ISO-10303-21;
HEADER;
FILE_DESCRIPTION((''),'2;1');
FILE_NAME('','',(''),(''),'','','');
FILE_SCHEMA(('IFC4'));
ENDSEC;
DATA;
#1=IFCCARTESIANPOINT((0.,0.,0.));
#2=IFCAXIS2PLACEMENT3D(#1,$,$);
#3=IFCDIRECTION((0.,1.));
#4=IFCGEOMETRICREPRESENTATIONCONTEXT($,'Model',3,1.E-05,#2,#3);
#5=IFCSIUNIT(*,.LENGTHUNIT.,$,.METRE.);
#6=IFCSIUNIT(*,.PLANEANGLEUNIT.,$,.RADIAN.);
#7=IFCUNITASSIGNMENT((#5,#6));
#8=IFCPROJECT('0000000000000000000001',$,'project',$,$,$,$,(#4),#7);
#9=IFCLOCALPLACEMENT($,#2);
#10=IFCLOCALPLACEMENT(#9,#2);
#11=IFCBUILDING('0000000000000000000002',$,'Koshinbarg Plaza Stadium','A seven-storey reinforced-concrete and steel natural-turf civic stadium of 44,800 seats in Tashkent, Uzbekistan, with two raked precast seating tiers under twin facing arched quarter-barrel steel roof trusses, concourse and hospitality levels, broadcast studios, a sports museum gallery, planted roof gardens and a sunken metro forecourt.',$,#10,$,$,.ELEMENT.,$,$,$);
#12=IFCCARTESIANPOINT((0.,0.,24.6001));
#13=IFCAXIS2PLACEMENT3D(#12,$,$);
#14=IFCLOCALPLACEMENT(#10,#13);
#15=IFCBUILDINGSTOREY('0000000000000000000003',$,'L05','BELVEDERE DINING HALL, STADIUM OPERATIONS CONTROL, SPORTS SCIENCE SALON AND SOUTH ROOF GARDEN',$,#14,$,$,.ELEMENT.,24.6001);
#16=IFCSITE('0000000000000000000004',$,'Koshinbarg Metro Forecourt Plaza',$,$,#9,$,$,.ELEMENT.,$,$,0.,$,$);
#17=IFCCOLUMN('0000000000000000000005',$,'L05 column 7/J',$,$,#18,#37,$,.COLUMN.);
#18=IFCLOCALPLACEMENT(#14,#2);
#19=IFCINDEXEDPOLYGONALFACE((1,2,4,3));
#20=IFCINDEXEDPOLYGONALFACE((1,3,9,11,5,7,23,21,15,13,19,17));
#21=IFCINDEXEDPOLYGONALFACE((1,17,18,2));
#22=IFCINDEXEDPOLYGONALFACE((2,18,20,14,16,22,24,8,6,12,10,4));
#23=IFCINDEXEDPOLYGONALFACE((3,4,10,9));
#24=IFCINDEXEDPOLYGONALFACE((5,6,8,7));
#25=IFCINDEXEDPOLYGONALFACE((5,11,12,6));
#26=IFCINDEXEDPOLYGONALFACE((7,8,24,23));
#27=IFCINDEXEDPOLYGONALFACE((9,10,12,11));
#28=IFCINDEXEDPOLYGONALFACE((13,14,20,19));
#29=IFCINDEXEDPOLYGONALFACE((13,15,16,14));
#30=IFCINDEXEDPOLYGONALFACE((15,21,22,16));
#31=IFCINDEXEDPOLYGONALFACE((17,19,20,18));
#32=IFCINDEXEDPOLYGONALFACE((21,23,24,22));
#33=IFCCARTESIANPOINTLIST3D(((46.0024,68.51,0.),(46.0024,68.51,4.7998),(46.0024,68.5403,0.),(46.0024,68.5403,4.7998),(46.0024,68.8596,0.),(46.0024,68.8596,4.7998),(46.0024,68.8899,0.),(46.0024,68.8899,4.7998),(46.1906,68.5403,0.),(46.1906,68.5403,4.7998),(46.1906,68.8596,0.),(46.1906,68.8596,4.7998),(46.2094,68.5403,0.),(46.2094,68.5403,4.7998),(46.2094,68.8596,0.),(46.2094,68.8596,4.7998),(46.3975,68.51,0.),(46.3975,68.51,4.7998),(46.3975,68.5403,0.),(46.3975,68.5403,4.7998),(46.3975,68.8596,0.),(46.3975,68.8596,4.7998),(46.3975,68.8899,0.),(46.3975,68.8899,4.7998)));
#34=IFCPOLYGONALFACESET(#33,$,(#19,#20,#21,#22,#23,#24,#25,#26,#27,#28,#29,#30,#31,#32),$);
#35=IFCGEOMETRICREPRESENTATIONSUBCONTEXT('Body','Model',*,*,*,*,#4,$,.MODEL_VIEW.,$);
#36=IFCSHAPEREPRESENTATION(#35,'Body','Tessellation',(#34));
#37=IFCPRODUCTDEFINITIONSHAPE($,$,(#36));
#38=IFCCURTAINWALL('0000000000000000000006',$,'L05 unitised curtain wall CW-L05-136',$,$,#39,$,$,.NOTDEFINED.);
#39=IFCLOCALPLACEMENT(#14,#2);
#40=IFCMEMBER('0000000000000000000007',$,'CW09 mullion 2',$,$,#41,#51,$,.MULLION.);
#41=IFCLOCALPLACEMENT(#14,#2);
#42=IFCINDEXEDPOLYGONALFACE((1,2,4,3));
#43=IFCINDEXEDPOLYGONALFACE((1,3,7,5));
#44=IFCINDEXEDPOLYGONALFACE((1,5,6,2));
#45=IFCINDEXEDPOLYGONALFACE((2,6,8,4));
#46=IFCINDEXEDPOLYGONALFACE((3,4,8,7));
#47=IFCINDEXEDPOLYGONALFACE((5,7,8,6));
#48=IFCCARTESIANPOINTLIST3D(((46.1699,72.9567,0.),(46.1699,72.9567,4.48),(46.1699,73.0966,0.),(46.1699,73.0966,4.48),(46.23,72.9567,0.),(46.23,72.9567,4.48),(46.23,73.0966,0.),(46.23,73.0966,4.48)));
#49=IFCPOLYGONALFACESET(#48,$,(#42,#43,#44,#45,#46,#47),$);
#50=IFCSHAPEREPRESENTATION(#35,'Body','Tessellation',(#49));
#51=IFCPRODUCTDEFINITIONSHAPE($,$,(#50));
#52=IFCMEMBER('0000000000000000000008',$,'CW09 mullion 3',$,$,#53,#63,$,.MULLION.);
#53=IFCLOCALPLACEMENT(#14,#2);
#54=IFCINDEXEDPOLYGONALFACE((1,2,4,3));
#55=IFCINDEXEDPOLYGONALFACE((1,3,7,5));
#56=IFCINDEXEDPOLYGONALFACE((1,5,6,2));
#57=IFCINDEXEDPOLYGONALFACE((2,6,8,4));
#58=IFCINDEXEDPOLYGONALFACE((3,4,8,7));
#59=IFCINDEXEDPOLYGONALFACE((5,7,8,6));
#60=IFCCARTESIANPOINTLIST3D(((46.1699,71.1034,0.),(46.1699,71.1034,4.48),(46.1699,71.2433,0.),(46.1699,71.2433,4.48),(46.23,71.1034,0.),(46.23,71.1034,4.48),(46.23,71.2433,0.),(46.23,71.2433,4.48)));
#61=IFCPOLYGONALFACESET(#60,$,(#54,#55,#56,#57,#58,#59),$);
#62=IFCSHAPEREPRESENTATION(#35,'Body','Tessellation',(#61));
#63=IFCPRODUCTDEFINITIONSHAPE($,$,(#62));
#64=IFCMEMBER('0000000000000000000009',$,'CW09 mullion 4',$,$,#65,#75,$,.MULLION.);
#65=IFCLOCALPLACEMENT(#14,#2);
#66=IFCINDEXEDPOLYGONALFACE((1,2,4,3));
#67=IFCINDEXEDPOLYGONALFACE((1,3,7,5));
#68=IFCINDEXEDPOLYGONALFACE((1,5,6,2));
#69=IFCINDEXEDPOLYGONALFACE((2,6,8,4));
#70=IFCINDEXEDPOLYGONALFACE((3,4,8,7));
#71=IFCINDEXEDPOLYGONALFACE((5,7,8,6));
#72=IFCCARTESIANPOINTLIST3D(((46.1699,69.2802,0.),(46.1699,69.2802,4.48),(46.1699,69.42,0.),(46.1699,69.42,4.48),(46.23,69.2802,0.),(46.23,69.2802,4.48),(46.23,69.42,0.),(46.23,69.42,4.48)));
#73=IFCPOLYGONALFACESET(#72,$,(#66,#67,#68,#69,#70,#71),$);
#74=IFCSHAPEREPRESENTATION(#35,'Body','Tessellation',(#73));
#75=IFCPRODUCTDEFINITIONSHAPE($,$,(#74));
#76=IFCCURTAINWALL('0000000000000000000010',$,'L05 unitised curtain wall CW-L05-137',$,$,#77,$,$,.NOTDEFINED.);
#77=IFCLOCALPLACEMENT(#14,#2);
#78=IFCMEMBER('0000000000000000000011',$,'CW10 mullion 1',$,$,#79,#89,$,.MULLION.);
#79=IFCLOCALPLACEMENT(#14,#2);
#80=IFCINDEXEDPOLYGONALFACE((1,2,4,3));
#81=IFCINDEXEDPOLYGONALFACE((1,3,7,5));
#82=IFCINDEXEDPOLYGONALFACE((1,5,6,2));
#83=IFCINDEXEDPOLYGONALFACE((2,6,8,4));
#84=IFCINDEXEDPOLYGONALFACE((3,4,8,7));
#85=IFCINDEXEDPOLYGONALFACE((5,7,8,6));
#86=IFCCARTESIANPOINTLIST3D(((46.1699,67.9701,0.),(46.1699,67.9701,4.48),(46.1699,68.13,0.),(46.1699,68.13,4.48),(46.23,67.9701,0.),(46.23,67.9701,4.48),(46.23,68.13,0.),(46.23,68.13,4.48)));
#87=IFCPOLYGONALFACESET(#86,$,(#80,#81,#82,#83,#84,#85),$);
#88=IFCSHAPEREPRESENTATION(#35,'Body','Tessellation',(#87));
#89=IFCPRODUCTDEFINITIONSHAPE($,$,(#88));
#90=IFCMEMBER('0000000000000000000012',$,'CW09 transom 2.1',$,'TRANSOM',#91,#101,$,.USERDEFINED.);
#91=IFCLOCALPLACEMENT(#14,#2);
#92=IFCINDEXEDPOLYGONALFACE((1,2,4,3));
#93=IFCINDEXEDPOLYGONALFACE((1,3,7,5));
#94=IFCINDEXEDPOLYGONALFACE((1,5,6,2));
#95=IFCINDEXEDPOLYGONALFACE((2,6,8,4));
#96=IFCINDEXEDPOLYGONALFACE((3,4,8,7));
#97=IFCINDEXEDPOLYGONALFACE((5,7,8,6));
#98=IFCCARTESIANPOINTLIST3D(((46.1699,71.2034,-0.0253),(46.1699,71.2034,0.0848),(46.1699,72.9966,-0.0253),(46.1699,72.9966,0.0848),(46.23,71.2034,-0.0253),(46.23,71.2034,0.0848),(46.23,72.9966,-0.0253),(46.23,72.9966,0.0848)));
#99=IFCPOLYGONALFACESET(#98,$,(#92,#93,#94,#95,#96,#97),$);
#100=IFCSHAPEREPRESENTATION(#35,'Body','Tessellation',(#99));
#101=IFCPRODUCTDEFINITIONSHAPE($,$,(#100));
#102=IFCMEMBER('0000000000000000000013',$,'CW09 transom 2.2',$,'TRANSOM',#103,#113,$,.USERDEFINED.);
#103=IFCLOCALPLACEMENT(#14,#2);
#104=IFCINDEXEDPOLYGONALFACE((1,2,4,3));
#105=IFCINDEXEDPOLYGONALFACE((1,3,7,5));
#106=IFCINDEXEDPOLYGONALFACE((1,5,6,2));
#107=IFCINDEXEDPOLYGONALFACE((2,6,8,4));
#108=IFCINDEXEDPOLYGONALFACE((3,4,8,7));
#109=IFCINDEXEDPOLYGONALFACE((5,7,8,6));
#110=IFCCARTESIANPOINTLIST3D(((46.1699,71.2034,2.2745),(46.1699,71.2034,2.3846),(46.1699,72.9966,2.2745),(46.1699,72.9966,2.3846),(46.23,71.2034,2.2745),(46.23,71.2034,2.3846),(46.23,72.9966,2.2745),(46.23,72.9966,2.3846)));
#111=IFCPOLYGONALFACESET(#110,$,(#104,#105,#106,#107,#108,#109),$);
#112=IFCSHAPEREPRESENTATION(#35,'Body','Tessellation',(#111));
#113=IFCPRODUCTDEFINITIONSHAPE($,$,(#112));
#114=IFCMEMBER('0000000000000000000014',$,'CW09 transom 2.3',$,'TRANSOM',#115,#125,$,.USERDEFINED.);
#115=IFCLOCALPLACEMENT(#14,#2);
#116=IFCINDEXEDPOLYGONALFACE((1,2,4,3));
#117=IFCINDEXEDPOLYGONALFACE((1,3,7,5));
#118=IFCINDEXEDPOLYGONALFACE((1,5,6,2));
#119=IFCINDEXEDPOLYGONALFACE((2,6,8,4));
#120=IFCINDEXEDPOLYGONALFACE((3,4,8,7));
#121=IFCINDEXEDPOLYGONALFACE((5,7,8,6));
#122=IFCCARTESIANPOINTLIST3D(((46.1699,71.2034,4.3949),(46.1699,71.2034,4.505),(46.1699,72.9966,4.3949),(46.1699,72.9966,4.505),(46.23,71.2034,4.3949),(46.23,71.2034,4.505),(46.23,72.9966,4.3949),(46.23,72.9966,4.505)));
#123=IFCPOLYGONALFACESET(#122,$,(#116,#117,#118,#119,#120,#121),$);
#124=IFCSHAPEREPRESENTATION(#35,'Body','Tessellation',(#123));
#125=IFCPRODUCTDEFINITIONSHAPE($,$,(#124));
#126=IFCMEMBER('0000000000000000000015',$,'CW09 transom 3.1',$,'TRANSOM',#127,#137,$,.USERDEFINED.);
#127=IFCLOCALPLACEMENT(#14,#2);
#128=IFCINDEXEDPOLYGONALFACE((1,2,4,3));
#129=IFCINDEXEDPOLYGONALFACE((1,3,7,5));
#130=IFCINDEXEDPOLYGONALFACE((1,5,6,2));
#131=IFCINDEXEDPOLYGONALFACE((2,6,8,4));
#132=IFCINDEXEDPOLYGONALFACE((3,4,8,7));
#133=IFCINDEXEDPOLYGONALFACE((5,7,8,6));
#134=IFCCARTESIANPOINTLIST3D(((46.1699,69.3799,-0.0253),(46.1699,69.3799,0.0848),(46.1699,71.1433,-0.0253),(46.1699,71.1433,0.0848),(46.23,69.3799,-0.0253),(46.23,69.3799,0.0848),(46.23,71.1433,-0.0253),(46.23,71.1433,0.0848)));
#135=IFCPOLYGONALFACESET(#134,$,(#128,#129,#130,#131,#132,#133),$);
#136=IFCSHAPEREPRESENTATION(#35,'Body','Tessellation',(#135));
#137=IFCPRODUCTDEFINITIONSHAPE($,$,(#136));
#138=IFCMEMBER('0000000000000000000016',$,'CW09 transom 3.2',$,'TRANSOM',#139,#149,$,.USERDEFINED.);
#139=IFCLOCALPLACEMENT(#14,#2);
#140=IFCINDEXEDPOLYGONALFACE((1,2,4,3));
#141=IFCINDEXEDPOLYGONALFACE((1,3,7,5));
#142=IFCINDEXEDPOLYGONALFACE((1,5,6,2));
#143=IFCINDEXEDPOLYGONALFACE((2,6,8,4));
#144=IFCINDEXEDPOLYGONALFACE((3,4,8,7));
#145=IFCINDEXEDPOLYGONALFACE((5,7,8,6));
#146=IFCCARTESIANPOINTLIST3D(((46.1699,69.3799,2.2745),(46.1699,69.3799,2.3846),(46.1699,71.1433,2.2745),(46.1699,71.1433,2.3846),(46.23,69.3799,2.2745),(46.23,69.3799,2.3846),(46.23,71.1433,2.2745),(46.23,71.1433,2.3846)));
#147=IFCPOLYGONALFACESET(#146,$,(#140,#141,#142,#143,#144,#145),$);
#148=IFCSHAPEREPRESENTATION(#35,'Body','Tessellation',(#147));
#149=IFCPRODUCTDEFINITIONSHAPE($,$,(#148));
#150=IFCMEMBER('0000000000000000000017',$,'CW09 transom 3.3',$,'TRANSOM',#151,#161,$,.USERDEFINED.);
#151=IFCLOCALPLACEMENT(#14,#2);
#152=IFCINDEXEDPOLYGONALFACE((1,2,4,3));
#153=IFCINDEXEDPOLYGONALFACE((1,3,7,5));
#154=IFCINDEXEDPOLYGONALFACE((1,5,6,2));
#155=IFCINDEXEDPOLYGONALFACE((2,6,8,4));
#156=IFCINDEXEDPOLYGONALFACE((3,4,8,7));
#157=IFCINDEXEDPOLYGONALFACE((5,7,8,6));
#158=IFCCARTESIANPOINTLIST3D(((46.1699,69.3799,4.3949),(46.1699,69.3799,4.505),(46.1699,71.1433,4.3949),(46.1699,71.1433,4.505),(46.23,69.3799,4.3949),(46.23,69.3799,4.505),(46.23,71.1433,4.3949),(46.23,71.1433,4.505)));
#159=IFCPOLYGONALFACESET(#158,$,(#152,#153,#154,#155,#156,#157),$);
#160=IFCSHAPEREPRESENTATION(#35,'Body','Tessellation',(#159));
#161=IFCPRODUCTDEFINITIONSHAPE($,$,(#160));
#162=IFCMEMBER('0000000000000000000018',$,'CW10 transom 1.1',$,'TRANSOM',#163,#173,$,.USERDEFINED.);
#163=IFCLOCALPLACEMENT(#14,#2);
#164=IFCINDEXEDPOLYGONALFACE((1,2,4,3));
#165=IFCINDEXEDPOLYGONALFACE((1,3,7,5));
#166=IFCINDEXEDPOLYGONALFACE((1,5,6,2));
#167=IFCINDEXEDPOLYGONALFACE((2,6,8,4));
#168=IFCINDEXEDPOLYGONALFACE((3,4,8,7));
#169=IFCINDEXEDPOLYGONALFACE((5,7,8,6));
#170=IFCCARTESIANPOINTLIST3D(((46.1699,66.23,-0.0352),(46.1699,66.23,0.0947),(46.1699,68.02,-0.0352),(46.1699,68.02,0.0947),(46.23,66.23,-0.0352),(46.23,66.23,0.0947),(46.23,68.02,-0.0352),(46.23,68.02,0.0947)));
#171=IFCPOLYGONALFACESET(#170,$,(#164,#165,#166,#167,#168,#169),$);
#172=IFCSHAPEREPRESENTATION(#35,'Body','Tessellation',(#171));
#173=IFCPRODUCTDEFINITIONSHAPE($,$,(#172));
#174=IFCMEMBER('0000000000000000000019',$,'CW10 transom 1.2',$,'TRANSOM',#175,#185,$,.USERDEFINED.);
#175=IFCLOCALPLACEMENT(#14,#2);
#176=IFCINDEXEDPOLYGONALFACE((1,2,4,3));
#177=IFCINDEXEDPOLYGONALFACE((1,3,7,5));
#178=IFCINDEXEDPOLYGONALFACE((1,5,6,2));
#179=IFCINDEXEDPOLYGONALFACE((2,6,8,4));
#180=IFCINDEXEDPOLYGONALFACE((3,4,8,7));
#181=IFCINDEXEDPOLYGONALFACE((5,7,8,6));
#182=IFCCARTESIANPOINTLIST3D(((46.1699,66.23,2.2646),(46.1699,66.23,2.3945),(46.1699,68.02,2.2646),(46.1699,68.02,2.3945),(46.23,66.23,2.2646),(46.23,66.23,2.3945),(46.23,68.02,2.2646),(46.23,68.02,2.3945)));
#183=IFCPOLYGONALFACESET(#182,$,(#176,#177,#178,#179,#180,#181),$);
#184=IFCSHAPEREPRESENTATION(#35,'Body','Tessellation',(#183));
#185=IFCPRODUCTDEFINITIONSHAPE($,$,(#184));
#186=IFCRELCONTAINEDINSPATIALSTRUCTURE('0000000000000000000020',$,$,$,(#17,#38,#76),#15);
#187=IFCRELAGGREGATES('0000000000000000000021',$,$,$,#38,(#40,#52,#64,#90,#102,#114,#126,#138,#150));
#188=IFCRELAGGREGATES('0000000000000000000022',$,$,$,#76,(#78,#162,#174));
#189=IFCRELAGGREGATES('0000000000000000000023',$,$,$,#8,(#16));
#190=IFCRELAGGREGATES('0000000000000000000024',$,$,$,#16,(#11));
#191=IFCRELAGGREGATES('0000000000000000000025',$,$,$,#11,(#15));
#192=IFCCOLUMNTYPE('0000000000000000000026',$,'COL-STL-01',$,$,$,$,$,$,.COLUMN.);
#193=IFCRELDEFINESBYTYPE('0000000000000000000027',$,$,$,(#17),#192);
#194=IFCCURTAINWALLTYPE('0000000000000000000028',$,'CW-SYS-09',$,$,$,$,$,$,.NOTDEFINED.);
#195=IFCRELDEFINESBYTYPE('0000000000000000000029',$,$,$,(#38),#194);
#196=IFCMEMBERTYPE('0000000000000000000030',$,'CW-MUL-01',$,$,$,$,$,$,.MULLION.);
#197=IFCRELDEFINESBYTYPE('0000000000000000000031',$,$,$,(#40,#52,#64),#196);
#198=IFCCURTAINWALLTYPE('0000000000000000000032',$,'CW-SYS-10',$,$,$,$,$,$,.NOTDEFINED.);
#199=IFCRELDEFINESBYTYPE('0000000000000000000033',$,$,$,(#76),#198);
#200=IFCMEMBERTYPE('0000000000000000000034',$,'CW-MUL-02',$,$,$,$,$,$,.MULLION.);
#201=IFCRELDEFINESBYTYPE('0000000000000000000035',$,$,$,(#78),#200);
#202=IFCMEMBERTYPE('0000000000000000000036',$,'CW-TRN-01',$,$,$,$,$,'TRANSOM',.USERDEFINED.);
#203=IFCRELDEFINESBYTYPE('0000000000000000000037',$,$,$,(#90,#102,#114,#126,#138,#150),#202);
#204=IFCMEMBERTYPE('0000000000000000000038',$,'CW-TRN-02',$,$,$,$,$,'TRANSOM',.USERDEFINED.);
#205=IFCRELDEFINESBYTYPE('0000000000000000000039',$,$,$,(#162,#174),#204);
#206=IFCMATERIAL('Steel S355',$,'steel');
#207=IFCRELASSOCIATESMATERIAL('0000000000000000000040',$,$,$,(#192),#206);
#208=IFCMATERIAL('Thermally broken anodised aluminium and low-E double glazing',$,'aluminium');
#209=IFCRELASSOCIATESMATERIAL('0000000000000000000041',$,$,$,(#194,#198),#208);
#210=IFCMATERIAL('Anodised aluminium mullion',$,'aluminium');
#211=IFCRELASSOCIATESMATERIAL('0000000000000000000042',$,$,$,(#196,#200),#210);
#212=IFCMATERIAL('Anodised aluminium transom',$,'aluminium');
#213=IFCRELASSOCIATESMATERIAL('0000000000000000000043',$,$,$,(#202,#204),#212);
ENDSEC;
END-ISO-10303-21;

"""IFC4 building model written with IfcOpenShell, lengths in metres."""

from ifc_helpers import new_model, si_unit, direction, frame, origin, origin_2d, place, context, subcontext, project, spatial, rectangle, i_section, extrude, material, material_profile, profile_set, type_object, element, aggregate, save


model = new_model("IFC4")

# Units and contexts
model_context = context("Model", 3, precision=1e-05, world=origin(), true_north=direction((0.0, 1.0)))
body_context = subcontext(model_context, "Body", "Model", "MODEL_VIEW")
ifc_project = project(units=[si_unit("LENGTHUNIT", "METRE"), si_unit("PLANEANGLEUNIT", "RADIAN")], contexts=[model_context])

# Site, building, storey
site_placement = place(None, origin())
site = spatial("IfcSite", under=ifc_project, at=site_placement, Name="Koshinbarg Metro Forecourt Plaza", CompositionType="ELEMENT", RefElevation=0.0)
building_placement = place(site_placement, origin())
building = spatial("IfcBuilding", under=site, at=building_placement, Name="Koshinbarg Plaza Stadium", Description="A seven-storey reinforced-concrete and steel natural-turf civic stadium of 44,800 seats in Tashkent, Uzbekistan, with two raked precast seating tiers under twin facing arched quarter-barrel steel roof trusses, concourse and hospitality levels, broadcast studios, a sports museum gallery, planted roof gardens and a sunken metro forecourt.", CompositionType="ELEMENT")
storey_placement = place(building_placement, frame((0.0, 0.0, 24.6001)))
storey = spatial("IfcBuildingStorey", under=building, at=storey_placement, Name="L05", Description="BELVEDERE DINING HALL, STADIUM OPERATIONS CONTROL, SPORTS SCIENCE SALON AND SOUTH ROOF GARDEN", CompositionType="ELEMENT", Elevation=24.6001)

# Column
ifc_material_1 = material(Name="Steel S355", Category="steel")
ifc_material_profile_1 = material_profile(ifc_material_1, i_section(OverallWidth=0.395, OverallDepth=0.3799, WebThickness=0.0188, FlangeThickness=0.0303, at=origin_2d()), Name="HD 400x237")
ifc_profile_set_1 = profile_set([ifc_material_profile_1], Name="Steel S355")
column_type = type_object("IfcColumnType", Name="COL-STL-01", PredefinedType="COLUMN", material=ifc_profile_set_1)
column_placement = place(storey_placement, frame((46.2, 68.7, 0.0), z_axis=(0.0, 0.0, 1.0), x_axis=(1.0, 0.0, 0.0)))
element("IfcColumn", 1, at=column_placement, inside=storey, type_object=column_type, Name="L05 column 7/J", PredefinedType="COLUMN", context=body_context, shape_type="SweptSolid", body=[
    extrude(i_section(OverallWidth=0.395, OverallDepth=0.3799, WebThickness=0.0188, FlangeThickness=0.0303, at=origin_2d()), origin(), (0.0, 0.0, 1.0), 4.7998),
])

# Curtain wall, members
ifc_material_2 = material(Name="Thermally broken anodised aluminium and low-E double glazing", Category="aluminium")
curtain_wall_type_1 = type_object("IfcCurtainWallType", Name="CW-SYS-09", PredefinedType="NOTDEFINED", material=ifc_material_2)
curtain_wall_1_placement = place(storey_placement, origin())
curtain_wall_1 = element("IfcCurtainWall", 2, at=curtain_wall_1_placement, inside=storey, type_object=curtain_wall_type_1, Name="L05 unitised curtain wall CW-L05-136", PredefinedType="NOTDEFINED")
ifc_material_3 = material(Name="Anodised aluminium mullion", Category="aluminium")
ifc_material_profile_2 = material_profile(ifc_material_3, rectangle(XDim=0.0601, YDim=0.1399, at=origin_2d()), Name="ALU 60x140")
ifc_profile_set_2 = profile_set([ifc_material_profile_2], Name="Anodised aluminium mullion")
member_type_1 = type_object("IfcMemberType", Name="CW-MUL-01", PredefinedType="MULLION", material=ifc_profile_set_2)
member_1_placement = place(storey_placement, frame((46.2, 73.0266, 0.0), z_axis=(0.0, 0.0, 1.0), x_axis=(1.0, 0.0, 0.0)))
member_1 = element("IfcMember", 3, at=member_1_placement, type_object=member_type_1, Name="CW09 mullion 2", PredefinedType="MULLION", context=body_context, shape_type="SweptSolid", body=[
    extrude(rectangle(XDim=0.0601, YDim=0.1399, at=origin_2d()), origin(), (0.0, 0.0, 1.0), 4.48),
])
member_2_placement = place(storey_placement, frame((46.2, 71.1733, 0.0), z_axis=(0.0, 0.0, 1.0), x_axis=(1.0, 0.0, 0.0)))
member_2 = element("IfcMember", 4, at=member_2_placement, type_object=member_type_1, Name="CW09 mullion 3", PredefinedType="MULLION", context=body_context, shape_type="SweptSolid", body=[
    extrude(rectangle(XDim=0.0601, YDim=0.1399, at=origin_2d()), origin(), (0.0, 0.0, 1.0), 4.48),
])
member_3_placement = place(storey_placement, frame((46.2, 69.3501, 0.0), z_axis=(0.0, 0.0, 1.0), x_axis=(1.0, 0.0, 0.0)))
member_3 = element("IfcMember", 5, at=member_3_placement, type_object=member_type_1, Name="CW09 mullion 4", PredefinedType="MULLION", context=body_context, shape_type="SweptSolid", body=[
    extrude(rectangle(XDim=0.0601, YDim=0.1399, at=origin_2d()), origin(), (0.0, 0.0, 1.0), 4.48),
])

# Curtain wall, member
curtain_wall_type_2 = type_object("IfcCurtainWallType", Name="CW-SYS-10", PredefinedType="NOTDEFINED", material=ifc_material_2)
curtain_wall_2_placement = place(storey_placement, origin())
curtain_wall_2 = element("IfcCurtainWall", 6, at=curtain_wall_2_placement, inside=storey, type_object=curtain_wall_type_2, Name="L05 unitised curtain wall CW-L05-137", PredefinedType="NOTDEFINED")
ifc_material_profile_3 = material_profile(ifc_material_3, rectangle(XDim=0.0601, YDim=0.1599, at=origin_2d()), Name="ALU 60x160")
ifc_profile_set_3 = profile_set([ifc_material_profile_3], Name="Anodised aluminium mullion")
member_type_2 = type_object("IfcMemberType", Name="CW-MUL-02", PredefinedType="MULLION", material=ifc_profile_set_3)
member_4_placement = place(storey_placement, frame((46.2, 68.05, 0.0), z_axis=(0.0, 0.0, 1.0), x_axis=(1.0, 0.0, 0.0)))
member_4 = element("IfcMember", 7, at=member_4_placement, type_object=member_type_2, Name="CW10 mullion 1", PredefinedType="MULLION", context=body_context, shape_type="SweptSolid", body=[
    extrude(rectangle(XDim=0.0601, YDim=0.1599, at=origin_2d()), origin(), (0.0, 0.0, 1.0), 4.48),
])

# Members
ifc_material_4 = material(Name="Anodised aluminium transom", Category="aluminium")
ifc_material_profile_4 = material_profile(ifc_material_4, rectangle(XDim=0.0601, YDim=0.1101, at=origin_2d()), Name="ALU 60x110")
ifc_profile_set_4 = profile_set([ifc_material_profile_4], Name="Anodised aluminium transom")
member_type_3 = type_object("IfcMemberType", Name="CW-TRN-01", ElementType="TRANSOM", PredefinedType="USERDEFINED", material=ifc_profile_set_4)
member_5_placement = place(storey_placement, frame((46.2, 72.9966, 0.0298), z_axis=(0.0, -1.0, 0.0), x_axis=(1.0, 0.0, 0.0)))
member_5 = element("IfcMember", 8, at=member_5_placement, type_object=member_type_3, Name="CW09 transom 2.1", ObjectType="TRANSOM", PredefinedType="USERDEFINED", context=body_context, shape_type="SweptSolid", body=[
    extrude(rectangle(XDim=0.0601, YDim=0.1101, at=origin_2d()), origin(), (0.0, 0.0, 1.0), 1.7932),
])
member_6_placement = place(storey_placement, frame((46.2, 72.9966, 2.3296), z_axis=(0.0, -1.0, 0.0), x_axis=(1.0, 0.0, 0.0)))
member_6 = element("IfcMember", 9, at=member_6_placement, type_object=member_type_3, Name="CW09 transom 2.2", ObjectType="TRANSOM", PredefinedType="USERDEFINED", context=body_context, shape_type="SweptSolid", body=[
    extrude(rectangle(XDim=0.0601, YDim=0.1101, at=origin_2d()), origin(), (0.0, 0.0, 1.0), 1.7932),
])
member_7_placement = place(storey_placement, frame((46.2, 72.9966, 4.45), z_axis=(0.0, -1.0, 0.0), x_axis=(1.0, 0.0, 0.0)))
member_7 = element("IfcMember", 10, at=member_7_placement, type_object=member_type_3, Name="CW09 transom 2.3", ObjectType="TRANSOM", PredefinedType="USERDEFINED", context=body_context, shape_type="SweptSolid", body=[
    extrude(rectangle(XDim=0.0601, YDim=0.1101, at=origin_2d()), origin(), (0.0, 0.0, 1.0), 1.7932),
])
member_8_placement = place(storey_placement, frame((46.2, 71.1433, 0.0298), z_axis=(0.0, -1.0, 0.0), x_axis=(1.0, 0.0, 0.0)))
member_8 = element("IfcMember", 11, at=member_8_placement, type_object=member_type_3, Name="CW09 transom 3.1", ObjectType="TRANSOM", PredefinedType="USERDEFINED", context=body_context, shape_type="SweptSolid", body=[
    extrude(rectangle(XDim=0.0601, YDim=0.1101, at=origin_2d()), origin(), (0.0, 0.0, 1.0), 1.7634),
])
member_9_placement = place(storey_placement, frame((46.2, 71.1433, 2.3296), z_axis=(0.0, -1.0, 0.0), x_axis=(1.0, 0.0, 0.0)))
member_9 = element("IfcMember", 12, at=member_9_placement, type_object=member_type_3, Name="CW09 transom 3.2", ObjectType="TRANSOM", PredefinedType="USERDEFINED", context=body_context, shape_type="SweptSolid", body=[
    extrude(rectangle(XDim=0.0601, YDim=0.1101, at=origin_2d()), origin(), (0.0, 0.0, 1.0), 1.7634),
])
member_10_placement = place(storey_placement, frame((46.2, 71.1433, 4.45), z_axis=(0.0, -1.0, 0.0), x_axis=(1.0, 0.0, 0.0)))
member_10 = element("IfcMember", 13, at=member_10_placement, type_object=member_type_3, Name="CW09 transom 3.3", ObjectType="TRANSOM", PredefinedType="USERDEFINED", context=body_context, shape_type="SweptSolid", body=[
    extrude(rectangle(XDim=0.0601, YDim=0.1101, at=origin_2d()), origin(), (0.0, 0.0, 1.0), 1.7634),
])
ifc_material_profile_5 = material_profile(ifc_material_4, rectangle(XDim=0.0601, YDim=0.1299, at=origin_2d()), Name="ALU 60x130")
ifc_profile_set_5 = profile_set([ifc_material_profile_5], Name="Anodised aluminium transom")
member_type_4 = type_object("IfcMemberType", Name="CW-TRN-02", ElementType="TRANSOM", PredefinedType="USERDEFINED", material=ifc_profile_set_5)
member_11_placement = place(storey_placement, frame((46.2, 68.02, 0.0298), z_axis=(0.0, -1.0, 0.0), x_axis=(1.0, 0.0, 0.0)))
member_11 = element("IfcMember", 14, at=member_11_placement, type_object=member_type_4, Name="CW10 transom 1.1", ObjectType="TRANSOM", PredefinedType="USERDEFINED", context=body_context, shape_type="SweptSolid", body=[
    extrude(rectangle(XDim=0.0601, YDim=0.1299, at=origin_2d()), origin(), (0.0, 0.0, 1.0), 1.79),
])
member_12_placement = place(storey_placement, frame((46.2, 68.02, 2.3296), z_axis=(0.0, -1.0, 0.0), x_axis=(1.0, 0.0, 0.0)))
member_12 = element("IfcMember", 15, at=member_12_placement, type_object=member_type_4, Name="CW10 transom 1.2", ObjectType="TRANSOM", PredefinedType="USERDEFINED", context=body_context, shape_type="SweptSolid", body=[
    extrude(rectangle(XDim=0.0601, YDim=0.1299, at=origin_2d()), origin(), (0.0, 0.0, 1.0), 1.79),
])

aggregate(curtain_wall_1, [member_1, member_2, member_3, member_5, member_6, member_7, member_8, member_9, member_10])
aggregate(curtain_wall_2, [member_4, member_11, member_12])

save(model, "model.ifc")
